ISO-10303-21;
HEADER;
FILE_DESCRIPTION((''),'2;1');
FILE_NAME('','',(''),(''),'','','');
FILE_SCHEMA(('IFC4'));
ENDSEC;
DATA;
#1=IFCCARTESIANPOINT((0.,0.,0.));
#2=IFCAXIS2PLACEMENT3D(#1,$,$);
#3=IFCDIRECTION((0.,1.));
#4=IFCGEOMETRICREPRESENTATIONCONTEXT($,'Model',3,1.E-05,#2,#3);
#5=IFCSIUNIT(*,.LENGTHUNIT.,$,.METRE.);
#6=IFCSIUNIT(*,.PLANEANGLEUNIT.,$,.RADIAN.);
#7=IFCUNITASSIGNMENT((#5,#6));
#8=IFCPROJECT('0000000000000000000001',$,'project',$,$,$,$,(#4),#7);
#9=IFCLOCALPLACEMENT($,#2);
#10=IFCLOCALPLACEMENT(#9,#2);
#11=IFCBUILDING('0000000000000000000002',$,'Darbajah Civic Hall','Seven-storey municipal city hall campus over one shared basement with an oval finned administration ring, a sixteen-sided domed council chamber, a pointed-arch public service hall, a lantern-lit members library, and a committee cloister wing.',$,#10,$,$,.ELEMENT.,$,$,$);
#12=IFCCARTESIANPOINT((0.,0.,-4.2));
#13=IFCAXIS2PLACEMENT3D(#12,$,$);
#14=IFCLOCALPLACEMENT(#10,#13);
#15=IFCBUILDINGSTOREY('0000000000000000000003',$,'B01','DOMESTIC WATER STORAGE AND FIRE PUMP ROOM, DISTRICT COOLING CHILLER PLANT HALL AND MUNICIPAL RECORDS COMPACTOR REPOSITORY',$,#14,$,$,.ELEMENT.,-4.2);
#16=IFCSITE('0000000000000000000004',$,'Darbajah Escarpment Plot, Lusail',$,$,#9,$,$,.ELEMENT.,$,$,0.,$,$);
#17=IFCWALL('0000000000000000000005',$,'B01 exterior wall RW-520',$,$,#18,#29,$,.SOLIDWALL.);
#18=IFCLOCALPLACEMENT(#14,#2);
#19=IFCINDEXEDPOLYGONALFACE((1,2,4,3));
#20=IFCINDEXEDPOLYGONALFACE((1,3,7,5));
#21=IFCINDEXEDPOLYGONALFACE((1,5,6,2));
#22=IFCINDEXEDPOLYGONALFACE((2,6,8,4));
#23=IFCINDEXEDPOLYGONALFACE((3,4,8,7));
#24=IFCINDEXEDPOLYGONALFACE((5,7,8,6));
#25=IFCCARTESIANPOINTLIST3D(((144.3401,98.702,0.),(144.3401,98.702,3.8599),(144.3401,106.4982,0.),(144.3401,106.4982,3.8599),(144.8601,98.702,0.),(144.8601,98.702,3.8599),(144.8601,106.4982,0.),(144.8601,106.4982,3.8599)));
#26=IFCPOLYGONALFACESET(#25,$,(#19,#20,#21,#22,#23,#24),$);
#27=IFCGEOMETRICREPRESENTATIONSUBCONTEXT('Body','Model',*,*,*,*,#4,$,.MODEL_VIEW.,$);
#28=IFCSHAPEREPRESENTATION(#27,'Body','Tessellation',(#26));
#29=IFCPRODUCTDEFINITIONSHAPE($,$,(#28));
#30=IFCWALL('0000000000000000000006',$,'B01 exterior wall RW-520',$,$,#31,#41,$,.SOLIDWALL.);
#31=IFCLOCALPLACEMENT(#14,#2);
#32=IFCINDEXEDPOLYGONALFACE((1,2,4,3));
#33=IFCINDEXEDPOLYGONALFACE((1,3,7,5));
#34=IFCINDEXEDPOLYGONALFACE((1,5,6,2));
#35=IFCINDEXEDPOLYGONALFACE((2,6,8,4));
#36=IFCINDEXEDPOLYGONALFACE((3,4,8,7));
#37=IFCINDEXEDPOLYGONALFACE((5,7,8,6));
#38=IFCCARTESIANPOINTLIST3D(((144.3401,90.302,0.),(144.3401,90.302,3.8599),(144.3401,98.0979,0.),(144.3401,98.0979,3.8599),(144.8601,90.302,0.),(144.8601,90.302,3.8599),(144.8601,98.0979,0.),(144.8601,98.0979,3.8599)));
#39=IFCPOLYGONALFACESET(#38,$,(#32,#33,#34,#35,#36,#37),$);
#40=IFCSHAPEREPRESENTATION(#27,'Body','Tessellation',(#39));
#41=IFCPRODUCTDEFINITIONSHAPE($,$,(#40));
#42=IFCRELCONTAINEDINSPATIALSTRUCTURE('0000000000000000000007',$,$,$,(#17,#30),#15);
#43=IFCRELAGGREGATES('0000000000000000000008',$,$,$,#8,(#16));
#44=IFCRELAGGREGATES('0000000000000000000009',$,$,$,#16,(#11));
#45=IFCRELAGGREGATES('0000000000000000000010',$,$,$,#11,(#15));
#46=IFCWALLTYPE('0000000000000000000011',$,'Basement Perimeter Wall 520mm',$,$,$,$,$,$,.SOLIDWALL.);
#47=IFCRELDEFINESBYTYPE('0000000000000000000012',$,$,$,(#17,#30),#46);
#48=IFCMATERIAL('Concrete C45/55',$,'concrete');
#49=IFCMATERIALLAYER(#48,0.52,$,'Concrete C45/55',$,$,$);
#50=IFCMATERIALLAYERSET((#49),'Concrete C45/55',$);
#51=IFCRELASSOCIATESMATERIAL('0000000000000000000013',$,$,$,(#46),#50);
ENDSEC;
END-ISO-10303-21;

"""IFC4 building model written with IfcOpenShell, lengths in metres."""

from ifc_helpers import new_model, si_unit, direction, frame, frame_2d, origin, place, context, subcontext, project, spatial, rectangle, extrude, material, layer, layer_set, type_object, element, save


model = new_model("IFC4")

# Units and contexts
model_context = context("Model", 3, precision=1e-05, world=origin(), true_north=direction((0.0, 1.0)))
body_context = subcontext(model_context, "Body", "Model", "MODEL_VIEW")
ifc_project = project(units=[si_unit("LENGTHUNIT", "METRE"), si_unit("PLANEANGLEUNIT", "RADIAN")], contexts=[model_context])

# Site, building, storey
site_placement = place(None, origin())
site = spatial("IfcSite", under=ifc_project, at=site_placement, Name="Darbajah Escarpment Plot, Lusail", CompositionType="ELEMENT", RefElevation=0.0)
building_placement = place(site_placement, origin())
building = spatial("IfcBuilding", under=site, at=building_placement, Name="Darbajah Civic Hall", Description="Seven-storey municipal city hall campus over one shared basement with an oval finned administration ring, a sixteen-sided domed council chamber, a pointed-arch public service hall, a lantern-lit members library, and a committee cloister wing.", CompositionType="ELEMENT")
storey_placement = place(building_placement, frame((0.0, 0.0, -4.2)))
storey = spatial("IfcBuildingStorey", under=building, at=storey_placement, Name="B01", Description="DOMESTIC WATER STORAGE AND FIRE PUMP ROOM, DISTRICT COOLING CHILLER PLANT HALL AND MUNICIPAL RECORDS COMPACTOR REPOSITORY", CompositionType="ELEMENT", Elevation=-4.2)

# Shared definitions
ifc_material_1 = material(Name="Concrete C45/55", Category="concrete")

# Walls
ifc_layer = layer(ifc_material_1, 0.52, Name="Concrete C45/55")
ifc_layer_set = layer_set([ifc_layer], Name="Concrete C45/55")
wall_type = type_object("IfcWallType", Name="Basement Perimeter Wall 520mm", PredefinedType="SOLIDWALL", material=ifc_layer_set)
wall_1_placement = place(storey_placement, frame((144.6001, 106.498, 0.0), z_axis=(0.0, 0.0, 1.0), x_axis=(0.0, -1.0, 0.0)))
element("IfcWall", 1, at=wall_1_placement, inside=storey, type_object=wall_type, Name="B01 exterior wall RW-520", PredefinedType="SOLIDWALL", context=body_context, shape_type="SweptSolid", body=[
    extrude(rectangle(XDim=7.7961, YDim=0.52, at=frame_2d((3.8979, 0.0))), origin(), (0.0, 0.0, 1.0), 3.8599),
])
wall_2_placement = place(storey_placement, frame((144.6001, 98.0979, 0.0), z_axis=(0.0, 0.0, 1.0), x_axis=(0.0, -1.0, 0.0)))
element("IfcWall", 2, at=wall_2_placement, inside=storey, type_object=wall_type, Name="B01 exterior wall RW-520", PredefinedType="SOLIDWALL", context=body_context, shape_type="SweptSolid", body=[
    extrude(rectangle(XDim=7.7959, YDim=0.52, at=frame_2d((3.8979, 0.0))), origin(), (0.0, 0.0, 1.0), 3.8599),
])

save(model, "model.ifc")
